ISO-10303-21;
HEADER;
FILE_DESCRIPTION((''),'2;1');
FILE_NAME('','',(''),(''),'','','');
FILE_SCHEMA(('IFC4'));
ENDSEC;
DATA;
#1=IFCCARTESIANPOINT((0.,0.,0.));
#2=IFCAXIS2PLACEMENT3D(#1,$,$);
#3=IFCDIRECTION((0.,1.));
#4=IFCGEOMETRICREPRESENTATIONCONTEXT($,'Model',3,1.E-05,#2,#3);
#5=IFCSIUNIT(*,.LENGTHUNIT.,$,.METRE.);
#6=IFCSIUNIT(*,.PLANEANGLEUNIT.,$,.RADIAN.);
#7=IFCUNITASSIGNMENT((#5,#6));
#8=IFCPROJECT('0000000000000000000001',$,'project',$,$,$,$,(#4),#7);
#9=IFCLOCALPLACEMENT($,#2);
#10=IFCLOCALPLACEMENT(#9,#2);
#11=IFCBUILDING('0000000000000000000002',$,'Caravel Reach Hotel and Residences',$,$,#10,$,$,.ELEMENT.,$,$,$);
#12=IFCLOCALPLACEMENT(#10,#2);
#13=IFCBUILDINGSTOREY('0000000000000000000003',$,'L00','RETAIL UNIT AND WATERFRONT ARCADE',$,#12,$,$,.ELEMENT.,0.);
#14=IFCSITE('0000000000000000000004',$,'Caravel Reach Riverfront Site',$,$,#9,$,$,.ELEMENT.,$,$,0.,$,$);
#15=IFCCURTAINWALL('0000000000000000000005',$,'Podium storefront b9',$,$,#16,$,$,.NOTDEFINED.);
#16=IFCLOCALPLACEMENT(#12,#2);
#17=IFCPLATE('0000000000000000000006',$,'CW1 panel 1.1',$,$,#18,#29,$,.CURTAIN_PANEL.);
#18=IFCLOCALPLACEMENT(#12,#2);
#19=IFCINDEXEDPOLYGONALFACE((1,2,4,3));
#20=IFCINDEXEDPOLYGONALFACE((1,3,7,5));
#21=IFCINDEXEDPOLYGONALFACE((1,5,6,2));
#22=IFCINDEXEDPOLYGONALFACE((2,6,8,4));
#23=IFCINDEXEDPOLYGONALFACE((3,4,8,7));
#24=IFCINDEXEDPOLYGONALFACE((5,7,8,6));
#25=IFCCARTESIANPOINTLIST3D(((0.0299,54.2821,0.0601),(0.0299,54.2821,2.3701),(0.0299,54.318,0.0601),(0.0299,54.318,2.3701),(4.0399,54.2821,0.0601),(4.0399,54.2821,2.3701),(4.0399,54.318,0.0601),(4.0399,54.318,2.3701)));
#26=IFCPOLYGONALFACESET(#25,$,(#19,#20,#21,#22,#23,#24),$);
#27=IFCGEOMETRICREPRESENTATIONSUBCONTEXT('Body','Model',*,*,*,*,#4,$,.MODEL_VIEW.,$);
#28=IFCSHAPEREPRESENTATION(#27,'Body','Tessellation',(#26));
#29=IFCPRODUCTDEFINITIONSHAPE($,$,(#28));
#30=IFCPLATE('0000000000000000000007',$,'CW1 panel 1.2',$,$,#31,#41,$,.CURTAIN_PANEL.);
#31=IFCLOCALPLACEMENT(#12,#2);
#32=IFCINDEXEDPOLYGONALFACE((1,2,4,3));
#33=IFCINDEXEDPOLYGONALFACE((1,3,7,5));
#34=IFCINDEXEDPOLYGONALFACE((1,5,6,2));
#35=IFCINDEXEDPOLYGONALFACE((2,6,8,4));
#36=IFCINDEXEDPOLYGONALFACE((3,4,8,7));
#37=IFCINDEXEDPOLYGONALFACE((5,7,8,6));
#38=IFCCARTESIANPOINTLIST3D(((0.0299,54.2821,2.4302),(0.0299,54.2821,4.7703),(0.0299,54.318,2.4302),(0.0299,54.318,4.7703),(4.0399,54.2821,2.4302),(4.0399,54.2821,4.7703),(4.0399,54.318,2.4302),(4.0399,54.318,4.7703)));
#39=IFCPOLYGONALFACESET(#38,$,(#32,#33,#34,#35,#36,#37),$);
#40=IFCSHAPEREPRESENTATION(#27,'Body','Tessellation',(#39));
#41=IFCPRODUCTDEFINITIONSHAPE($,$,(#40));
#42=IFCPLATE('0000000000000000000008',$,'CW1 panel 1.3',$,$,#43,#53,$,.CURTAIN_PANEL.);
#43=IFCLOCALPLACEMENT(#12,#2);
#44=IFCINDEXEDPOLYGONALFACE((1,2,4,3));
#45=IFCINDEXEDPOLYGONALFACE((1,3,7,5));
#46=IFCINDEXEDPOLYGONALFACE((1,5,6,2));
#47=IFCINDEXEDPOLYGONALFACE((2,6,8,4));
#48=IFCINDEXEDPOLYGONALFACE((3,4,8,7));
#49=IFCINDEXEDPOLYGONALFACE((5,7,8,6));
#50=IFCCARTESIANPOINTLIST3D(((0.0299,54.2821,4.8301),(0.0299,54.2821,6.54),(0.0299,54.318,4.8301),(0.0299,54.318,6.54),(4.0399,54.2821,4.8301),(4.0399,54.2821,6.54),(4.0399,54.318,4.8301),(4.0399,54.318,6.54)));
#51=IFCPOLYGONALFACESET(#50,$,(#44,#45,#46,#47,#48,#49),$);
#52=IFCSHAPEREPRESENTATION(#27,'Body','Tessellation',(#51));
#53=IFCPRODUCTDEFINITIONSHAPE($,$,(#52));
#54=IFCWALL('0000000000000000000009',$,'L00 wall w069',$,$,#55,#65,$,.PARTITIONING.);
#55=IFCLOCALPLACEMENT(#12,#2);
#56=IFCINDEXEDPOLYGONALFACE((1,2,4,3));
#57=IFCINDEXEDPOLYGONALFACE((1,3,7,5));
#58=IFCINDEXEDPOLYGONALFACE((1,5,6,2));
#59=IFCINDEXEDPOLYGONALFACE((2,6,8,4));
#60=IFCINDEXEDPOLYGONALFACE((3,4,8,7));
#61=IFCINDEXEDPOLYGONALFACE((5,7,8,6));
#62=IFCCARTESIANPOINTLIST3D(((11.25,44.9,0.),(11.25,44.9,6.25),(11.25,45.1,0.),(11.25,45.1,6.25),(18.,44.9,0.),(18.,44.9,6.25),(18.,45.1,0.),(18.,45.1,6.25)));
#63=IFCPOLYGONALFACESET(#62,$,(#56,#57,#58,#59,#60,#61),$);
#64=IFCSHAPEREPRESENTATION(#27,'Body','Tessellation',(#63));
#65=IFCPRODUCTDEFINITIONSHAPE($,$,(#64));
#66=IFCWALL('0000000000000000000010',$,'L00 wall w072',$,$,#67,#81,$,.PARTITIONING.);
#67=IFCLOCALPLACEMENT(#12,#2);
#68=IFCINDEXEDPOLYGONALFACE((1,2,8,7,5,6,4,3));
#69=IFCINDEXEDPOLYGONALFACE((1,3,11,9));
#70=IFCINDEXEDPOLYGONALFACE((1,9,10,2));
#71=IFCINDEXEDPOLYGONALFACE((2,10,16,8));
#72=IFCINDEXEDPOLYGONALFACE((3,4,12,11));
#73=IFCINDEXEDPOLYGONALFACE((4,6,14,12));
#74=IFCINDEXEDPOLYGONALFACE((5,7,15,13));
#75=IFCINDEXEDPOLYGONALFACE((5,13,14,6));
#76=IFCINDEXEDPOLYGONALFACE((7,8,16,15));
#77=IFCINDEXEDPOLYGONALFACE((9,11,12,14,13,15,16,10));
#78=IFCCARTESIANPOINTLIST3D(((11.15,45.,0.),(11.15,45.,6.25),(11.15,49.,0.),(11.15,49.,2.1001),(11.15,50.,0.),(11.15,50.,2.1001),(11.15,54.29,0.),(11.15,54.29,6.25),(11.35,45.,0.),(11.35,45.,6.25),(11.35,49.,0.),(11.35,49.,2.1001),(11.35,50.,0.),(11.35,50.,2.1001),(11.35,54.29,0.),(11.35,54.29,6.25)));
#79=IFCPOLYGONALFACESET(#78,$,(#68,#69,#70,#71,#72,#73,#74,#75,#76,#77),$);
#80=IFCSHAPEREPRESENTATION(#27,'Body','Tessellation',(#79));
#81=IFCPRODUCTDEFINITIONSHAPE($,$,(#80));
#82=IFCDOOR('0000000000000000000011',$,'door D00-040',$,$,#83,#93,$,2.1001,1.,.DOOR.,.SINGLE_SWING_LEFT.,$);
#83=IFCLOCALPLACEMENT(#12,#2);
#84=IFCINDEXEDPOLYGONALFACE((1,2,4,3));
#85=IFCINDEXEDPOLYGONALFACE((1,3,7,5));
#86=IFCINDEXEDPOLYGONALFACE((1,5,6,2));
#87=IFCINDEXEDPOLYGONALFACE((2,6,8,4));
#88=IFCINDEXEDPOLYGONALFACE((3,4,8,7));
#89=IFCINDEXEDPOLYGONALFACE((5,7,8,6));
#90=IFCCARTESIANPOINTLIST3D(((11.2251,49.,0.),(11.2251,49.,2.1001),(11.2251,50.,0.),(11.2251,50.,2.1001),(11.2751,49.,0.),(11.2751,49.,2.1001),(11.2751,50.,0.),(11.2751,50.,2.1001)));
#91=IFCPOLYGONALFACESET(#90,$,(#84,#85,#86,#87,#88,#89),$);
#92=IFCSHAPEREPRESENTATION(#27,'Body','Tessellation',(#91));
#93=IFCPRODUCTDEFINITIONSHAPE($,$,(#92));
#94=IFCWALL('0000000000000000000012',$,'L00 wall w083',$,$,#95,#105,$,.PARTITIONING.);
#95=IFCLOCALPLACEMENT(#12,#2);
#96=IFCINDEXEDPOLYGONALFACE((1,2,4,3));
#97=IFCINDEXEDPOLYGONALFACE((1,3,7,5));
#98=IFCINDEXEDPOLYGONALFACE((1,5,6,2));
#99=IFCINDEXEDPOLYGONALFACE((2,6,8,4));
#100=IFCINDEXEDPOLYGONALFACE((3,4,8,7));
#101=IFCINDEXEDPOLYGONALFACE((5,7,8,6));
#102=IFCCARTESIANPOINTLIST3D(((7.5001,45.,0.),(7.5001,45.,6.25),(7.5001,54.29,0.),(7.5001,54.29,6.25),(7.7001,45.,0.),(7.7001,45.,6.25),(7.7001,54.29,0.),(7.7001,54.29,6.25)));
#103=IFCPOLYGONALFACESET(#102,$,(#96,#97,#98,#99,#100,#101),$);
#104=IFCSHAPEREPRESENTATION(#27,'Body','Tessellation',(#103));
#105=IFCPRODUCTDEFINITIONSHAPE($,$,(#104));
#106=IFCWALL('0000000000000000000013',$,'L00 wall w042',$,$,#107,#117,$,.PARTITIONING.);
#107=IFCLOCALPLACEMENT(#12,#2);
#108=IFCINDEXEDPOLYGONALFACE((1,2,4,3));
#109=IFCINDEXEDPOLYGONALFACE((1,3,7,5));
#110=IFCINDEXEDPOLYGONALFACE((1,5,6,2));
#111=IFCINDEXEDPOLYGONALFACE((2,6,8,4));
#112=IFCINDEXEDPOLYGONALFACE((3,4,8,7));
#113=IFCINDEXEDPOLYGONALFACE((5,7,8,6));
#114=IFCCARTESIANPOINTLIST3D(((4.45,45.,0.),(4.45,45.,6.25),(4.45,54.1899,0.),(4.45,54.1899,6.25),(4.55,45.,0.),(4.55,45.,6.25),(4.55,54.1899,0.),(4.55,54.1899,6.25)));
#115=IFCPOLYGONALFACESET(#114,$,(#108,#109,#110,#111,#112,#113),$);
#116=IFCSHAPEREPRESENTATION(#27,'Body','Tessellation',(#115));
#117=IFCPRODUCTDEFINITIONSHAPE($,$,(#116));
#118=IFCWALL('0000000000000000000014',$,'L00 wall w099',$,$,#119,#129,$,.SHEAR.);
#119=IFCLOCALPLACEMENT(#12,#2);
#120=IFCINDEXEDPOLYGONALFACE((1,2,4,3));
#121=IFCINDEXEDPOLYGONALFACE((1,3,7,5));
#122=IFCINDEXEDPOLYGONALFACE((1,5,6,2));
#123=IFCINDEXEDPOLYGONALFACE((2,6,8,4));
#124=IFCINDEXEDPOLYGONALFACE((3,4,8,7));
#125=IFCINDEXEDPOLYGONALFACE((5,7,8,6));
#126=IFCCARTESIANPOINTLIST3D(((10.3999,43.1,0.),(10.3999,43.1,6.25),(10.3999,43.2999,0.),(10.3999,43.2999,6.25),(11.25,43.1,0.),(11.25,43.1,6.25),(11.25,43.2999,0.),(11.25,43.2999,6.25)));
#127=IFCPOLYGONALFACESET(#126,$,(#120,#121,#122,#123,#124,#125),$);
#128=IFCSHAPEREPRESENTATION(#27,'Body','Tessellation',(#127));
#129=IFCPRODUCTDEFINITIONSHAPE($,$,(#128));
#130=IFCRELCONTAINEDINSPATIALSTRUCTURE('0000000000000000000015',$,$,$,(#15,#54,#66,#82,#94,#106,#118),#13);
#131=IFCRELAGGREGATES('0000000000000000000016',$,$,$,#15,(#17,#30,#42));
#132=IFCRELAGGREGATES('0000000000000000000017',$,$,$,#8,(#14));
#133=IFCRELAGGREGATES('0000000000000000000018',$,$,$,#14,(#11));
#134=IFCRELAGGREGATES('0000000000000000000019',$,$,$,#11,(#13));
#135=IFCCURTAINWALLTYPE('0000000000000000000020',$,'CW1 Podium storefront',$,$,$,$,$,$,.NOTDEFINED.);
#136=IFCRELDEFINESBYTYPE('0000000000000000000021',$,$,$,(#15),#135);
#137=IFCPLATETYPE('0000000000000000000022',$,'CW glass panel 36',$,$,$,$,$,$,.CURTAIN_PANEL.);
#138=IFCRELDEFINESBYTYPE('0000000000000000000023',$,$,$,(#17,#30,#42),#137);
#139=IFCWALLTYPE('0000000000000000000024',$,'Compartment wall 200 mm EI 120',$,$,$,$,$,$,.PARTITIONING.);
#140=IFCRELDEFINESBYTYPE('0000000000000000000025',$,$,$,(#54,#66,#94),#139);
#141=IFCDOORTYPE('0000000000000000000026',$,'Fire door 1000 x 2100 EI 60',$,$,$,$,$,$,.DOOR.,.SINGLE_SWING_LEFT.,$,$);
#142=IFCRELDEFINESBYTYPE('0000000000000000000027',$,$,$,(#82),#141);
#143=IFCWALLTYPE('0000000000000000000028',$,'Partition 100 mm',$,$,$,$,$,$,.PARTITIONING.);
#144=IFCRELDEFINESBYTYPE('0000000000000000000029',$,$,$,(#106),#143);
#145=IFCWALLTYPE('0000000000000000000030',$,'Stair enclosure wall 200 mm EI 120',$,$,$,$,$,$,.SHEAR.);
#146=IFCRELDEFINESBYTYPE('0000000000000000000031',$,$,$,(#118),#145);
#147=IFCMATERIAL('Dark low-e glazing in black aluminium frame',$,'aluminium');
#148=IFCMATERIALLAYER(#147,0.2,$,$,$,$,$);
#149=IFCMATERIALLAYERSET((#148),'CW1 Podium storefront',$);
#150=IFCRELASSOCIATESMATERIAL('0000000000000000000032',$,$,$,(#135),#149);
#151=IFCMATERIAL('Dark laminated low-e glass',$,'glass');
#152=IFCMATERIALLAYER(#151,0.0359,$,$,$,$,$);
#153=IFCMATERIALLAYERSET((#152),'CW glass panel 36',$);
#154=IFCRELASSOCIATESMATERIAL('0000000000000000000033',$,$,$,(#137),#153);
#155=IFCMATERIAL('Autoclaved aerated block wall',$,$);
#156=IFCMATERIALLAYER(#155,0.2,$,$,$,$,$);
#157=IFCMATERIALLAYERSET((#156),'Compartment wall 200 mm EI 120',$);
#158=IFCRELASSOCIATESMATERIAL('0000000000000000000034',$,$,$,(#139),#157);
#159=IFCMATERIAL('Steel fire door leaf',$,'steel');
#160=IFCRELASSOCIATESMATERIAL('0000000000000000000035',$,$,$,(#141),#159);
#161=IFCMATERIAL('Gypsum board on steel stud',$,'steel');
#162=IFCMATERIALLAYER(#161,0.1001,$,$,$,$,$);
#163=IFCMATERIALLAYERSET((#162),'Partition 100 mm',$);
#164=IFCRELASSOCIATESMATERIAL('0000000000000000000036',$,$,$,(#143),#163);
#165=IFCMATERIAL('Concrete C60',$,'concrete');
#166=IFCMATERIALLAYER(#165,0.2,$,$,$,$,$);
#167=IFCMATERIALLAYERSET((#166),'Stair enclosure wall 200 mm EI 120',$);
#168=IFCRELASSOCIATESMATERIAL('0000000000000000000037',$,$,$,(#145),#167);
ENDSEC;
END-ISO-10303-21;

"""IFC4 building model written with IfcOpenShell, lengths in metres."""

from ifc_helpers import new_model, si_unit, direction, frame, frame_2d, origin, origin_2d, place, context, subcontext, project, spatial, rectangle, extrude, material, layer, layer_set, type_object, element, fill, aggregate, save


model = new_model("IFC4")

# Units and contexts
model_context = context("Model", 3, precision=1e-05, world=origin(), true_north=direction((0.0, 1.0)))
body_context = subcontext(model_context, "Body", "Model", "MODEL_VIEW")
ifc_project = project(units=[si_unit("LENGTHUNIT", "METRE"), si_unit("PLANEANGLEUNIT", "RADIAN")], contexts=[model_context])

# Site, building, storey
site_placement = place(None, origin())
site = spatial("IfcSite", under=ifc_project, at=site_placement, Name="Caravel Reach Riverfront Site", CompositionType="ELEMENT", RefElevation=0.0)
building_placement = place(site_placement, origin())
building = spatial("IfcBuilding", under=site, at=building_placement, Name="Caravel Reach Hotel and Residences", CompositionType="ELEMENT")
storey_placement = place(building_placement, origin())
storey = spatial("IfcBuildingStorey", under=building, at=storey_placement, Name="L00", Description="RETAIL UNIT AND WATERFRONT ARCADE", CompositionType="ELEMENT", Elevation=0.0)

# Curtain wall
ifc_material_1 = material(Name="Dark low-e glazing in black aluminium frame", Category="aluminium")
ifc_layer_1 = layer(ifc_material_1, 0.2)
ifc_layer_set_1 = layer_set([ifc_layer_1], Name="CW1 Podium storefront")
curtain_wall_type = type_object("IfcCurtainWallType", Name="CW1 Podium storefront", PredefinedType="NOTDEFINED", material=ifc_layer_set_1)
curtain_wall_placement = place(storey_placement, origin())
curtain_wall = element("IfcCurtainWall", 1, at=curtain_wall_placement, inside=storey, type_object=curtain_wall_type, Name="Podium storefront b9", PredefinedType="NOTDEFINED")

# Plates
ifc_material_2 = material(Name="Dark laminated low-e glass", Category="glass")
ifc_layer_2 = layer(ifc_material_2, 0.0359)
ifc_layer_set_2 = layer_set([ifc_layer_2], Name="CW glass panel 36")
plate_type = type_object("IfcPlateType", Name="CW glass panel 36", PredefinedType="CURTAIN_PANEL", material=ifc_layer_set_2)
plate_1_placement = place(storey_placement, frame((2.0349, 54.3, 0.0601), z_axis=(0.0, 0.0, 1.0), x_axis=(-1.0, 0.0, 0.0)))
plate_1 = element("IfcPlate", 2, at=plate_1_placement, type_object=plate_type, Name="CW1 panel 1.1", PredefinedType="CURTAIN_PANEL", context=body_context, shape_type="SweptSolid", body=[
    extrude(rectangle(XDim=4.01, YDim=0.0359, at=origin_2d()), origin(), (0.0, 0.0, 1.0), 2.3101),
])
plate_2_placement = place(storey_placement, frame((2.0349, 54.3, 2.4302), z_axis=(0.0, 0.0, 1.0), x_axis=(-1.0, 0.0, 0.0)))
plate_2 = element("IfcPlate", 3, at=plate_2_placement, type_object=plate_type, Name="CW1 panel 1.2", PredefinedType="CURTAIN_PANEL", context=body_context, shape_type="SweptSolid", body=[
    extrude(rectangle(XDim=4.01, YDim=0.0359, at=origin_2d()), origin(), (0.0, 0.0, 1.0), 2.3401),
])
plate_3_placement = place(storey_placement, frame((2.0349, 54.3, 4.8301), z_axis=(0.0, 0.0, 1.0), x_axis=(-1.0, 0.0, 0.0)))
plate_3 = element("IfcPlate", 4, at=plate_3_placement, type_object=plate_type, Name="CW1 panel 1.3", PredefinedType="CURTAIN_PANEL", context=body_context, shape_type="SweptSolid", body=[
    extrude(rectangle(XDim=4.01, YDim=0.0359, at=origin_2d()), origin(), (0.0, 0.0, 1.0), 1.71),
])
aggregate(curtain_wall, [plate_1, plate_2, plate_3])

# Wall
ifc_material_3 = material(Name="Autoclaved aerated block wall")
ifc_layer_3 = layer(ifc_material_3, 0.2)
ifc_layer_set_3 = layer_set([ifc_layer_3], Name="Compartment wall 200 mm EI 120")
wall_type_1 = type_object("IfcWallType", Name="Compartment wall 200 mm EI 120", PredefinedType="PARTITIONING", material=ifc_layer_set_3)
wall_1_placement = place(storey_placement, frame((11.25, 45.0, 0.0), z_axis=(0.0, 0.0, 1.0), x_axis=(1.0, 0.0, 0.0)))
element("IfcWall", 5, at=wall_1_placement, inside=storey, type_object=wall_type_1, Name="L00 wall w069", PredefinedType="PARTITIONING", context=body_context, shape_type="SweptSolid", body=[
    extrude(rectangle(XDim=6.75, YDim=0.2, at=frame_2d((3.375, 0.0))), origin(), (0.0, 0.0, 1.0), 6.25),
])

# Wall, opening, door
wall_2_placement = place(storey_placement, frame((11.25, 45.0, 0.0), z_axis=(0.0, 0.0, 1.0), x_axis=(0.0, 1.0, 0.0)))
wall_2 = element("IfcWall", 6, at=wall_2_placement, inside=storey, type_object=wall_type_1, Name="L00 wall w072", PredefinedType="PARTITIONING", context=body_context, shape_type="SweptSolid", body=[
    extrude(rectangle(XDim=9.29, YDim=0.2, at=frame_2d((4.645, 0.0))), origin(), (0.0, 0.0, 1.0), 6.25),
])
opening_1_placement = place(wall_2_placement, frame((4.0, 0.0, 0.0)))
opening_1 = element("IfcOpeningElement", 7, at=opening_1_placement, cuts=wall_2, PredefinedType="OPENING", context=body_context, shape_type="SweptSolid", body=[
    extrude(rectangle(XDim=1.0, YDim=2.1001, at=frame_2d((0.5, 1.05))), frame((0.0, 0.1099, 0.0), z_axis=(0.0, -1.0, 0.0), x_axis=(1.0, 0.0, 0.0)), (0.0, 0.0, 1.0), 0.22),
])
ifc_material_4 = material(Name="Steel fire door leaf", Category="steel")
door_type_1 = type_object("IfcDoorType", Name="Fire door 1000 x 2100 EI 60", OperationType="SINGLE_SWING_LEFT", PredefinedType="DOOR", material=ifc_material_4)
door_1_placement = place(opening_1_placement, origin())
door_1 = element("IfcDoor", 8, at=door_1_placement, inside=storey, type_object=door_type_1, Name="door D00-040", OperationType="SINGLE_SWING_LEFT", OverallHeight=2.1001, OverallWidth=1.0, PredefinedType="DOOR", context=body_context, shape_type="SweptSolid", body=[
    extrude(rectangle(XDim=1.0, YDim=2.1001, at=frame_2d((0.5, 1.05))), frame((0.0, 0.0249, 0.0), z_axis=(0.0, -1.0, 0.0), x_axis=(1.0, 0.0, 0.0)), (0.0, 0.0, 1.0), 0.05),
])
fill(opening_1, door_1)

# Wall
wall_3_placement = place(storey_placement, frame((7.6001, 45.0, 0.0), z_axis=(0.0, 0.0, 1.0), x_axis=(0.0, 1.0, 0.0)))
element("IfcWall", 9, at=wall_3_placement, inside=storey, type_object=wall_type_1, Name="L00 wall w083", PredefinedType="PARTITIONING", context=body_context, shape_type="SweptSolid", body=[
    extrude(rectangle(XDim=9.29, YDim=0.2, at=frame_2d((4.645, 0.0))), origin(), (0.0, 0.0, 1.0), 6.25),
])

# Walls
ifc_material_5 = material(Name="Gypsum board on steel stud", Category="steel")
ifc_layer_4 = layer(ifc_material_5, 0.1001)
ifc_layer_set_4 = layer_set([ifc_layer_4], Name="Partition 100 mm")
wall_type_2 = type_object("IfcWallType", Name="Partition 100 mm", PredefinedType="PARTITIONING", material=ifc_layer_set_4)
wall_4_placement = place(storey_placement, frame((4.5, 45.0, 0.0), z_axis=(0.0, 0.0, 1.0), x_axis=(0.0, 1.0, 0.0)))
element("IfcWall", 10, at=wall_4_placement, inside=storey, type_object=wall_type_2, Name="L00 wall w042", PredefinedType="PARTITIONING", context=body_context, shape_type="SweptSolid", body=[
    extrude(rectangle(XDim=9.1899, YDim=0.1001, at=frame_2d((4.595, 0.0))), origin(), (0.0, 0.0, 1.0), 6.25),
])
ifc_material_6 = material(Name="Concrete C60", Category="concrete")
ifc_layer_5 = layer(ifc_material_6, 0.2)
ifc_layer_set_5 = layer_set([ifc_layer_5], Name="Stair enclosure wall 200 mm EI 120")
wall_type_3 = type_object("IfcWallType", Name="Stair enclosure wall 200 mm EI 120", PredefinedType="SHEAR", material=ifc_layer_set_5)
wall_5_placement = place(storey_placement, frame((10.3999, 43.2, 0.0), z_axis=(0.0, 0.0, 1.0), x_axis=(1.0, 0.0, 0.0)))
element("IfcWall", 11, at=wall_5_placement, inside=storey, type_object=wall_type_3, Name="L00 wall w099", PredefinedType="SHEAR", context=body_context, shape_type="SweptSolid", body=[
    extrude(rectangle(XDim=0.8501, YDim=0.2, at=frame_2d((0.425, 0.0))), origin(), (0.0, 0.0, 1.0), 6.25),
])

save(model, "model.ifc")
